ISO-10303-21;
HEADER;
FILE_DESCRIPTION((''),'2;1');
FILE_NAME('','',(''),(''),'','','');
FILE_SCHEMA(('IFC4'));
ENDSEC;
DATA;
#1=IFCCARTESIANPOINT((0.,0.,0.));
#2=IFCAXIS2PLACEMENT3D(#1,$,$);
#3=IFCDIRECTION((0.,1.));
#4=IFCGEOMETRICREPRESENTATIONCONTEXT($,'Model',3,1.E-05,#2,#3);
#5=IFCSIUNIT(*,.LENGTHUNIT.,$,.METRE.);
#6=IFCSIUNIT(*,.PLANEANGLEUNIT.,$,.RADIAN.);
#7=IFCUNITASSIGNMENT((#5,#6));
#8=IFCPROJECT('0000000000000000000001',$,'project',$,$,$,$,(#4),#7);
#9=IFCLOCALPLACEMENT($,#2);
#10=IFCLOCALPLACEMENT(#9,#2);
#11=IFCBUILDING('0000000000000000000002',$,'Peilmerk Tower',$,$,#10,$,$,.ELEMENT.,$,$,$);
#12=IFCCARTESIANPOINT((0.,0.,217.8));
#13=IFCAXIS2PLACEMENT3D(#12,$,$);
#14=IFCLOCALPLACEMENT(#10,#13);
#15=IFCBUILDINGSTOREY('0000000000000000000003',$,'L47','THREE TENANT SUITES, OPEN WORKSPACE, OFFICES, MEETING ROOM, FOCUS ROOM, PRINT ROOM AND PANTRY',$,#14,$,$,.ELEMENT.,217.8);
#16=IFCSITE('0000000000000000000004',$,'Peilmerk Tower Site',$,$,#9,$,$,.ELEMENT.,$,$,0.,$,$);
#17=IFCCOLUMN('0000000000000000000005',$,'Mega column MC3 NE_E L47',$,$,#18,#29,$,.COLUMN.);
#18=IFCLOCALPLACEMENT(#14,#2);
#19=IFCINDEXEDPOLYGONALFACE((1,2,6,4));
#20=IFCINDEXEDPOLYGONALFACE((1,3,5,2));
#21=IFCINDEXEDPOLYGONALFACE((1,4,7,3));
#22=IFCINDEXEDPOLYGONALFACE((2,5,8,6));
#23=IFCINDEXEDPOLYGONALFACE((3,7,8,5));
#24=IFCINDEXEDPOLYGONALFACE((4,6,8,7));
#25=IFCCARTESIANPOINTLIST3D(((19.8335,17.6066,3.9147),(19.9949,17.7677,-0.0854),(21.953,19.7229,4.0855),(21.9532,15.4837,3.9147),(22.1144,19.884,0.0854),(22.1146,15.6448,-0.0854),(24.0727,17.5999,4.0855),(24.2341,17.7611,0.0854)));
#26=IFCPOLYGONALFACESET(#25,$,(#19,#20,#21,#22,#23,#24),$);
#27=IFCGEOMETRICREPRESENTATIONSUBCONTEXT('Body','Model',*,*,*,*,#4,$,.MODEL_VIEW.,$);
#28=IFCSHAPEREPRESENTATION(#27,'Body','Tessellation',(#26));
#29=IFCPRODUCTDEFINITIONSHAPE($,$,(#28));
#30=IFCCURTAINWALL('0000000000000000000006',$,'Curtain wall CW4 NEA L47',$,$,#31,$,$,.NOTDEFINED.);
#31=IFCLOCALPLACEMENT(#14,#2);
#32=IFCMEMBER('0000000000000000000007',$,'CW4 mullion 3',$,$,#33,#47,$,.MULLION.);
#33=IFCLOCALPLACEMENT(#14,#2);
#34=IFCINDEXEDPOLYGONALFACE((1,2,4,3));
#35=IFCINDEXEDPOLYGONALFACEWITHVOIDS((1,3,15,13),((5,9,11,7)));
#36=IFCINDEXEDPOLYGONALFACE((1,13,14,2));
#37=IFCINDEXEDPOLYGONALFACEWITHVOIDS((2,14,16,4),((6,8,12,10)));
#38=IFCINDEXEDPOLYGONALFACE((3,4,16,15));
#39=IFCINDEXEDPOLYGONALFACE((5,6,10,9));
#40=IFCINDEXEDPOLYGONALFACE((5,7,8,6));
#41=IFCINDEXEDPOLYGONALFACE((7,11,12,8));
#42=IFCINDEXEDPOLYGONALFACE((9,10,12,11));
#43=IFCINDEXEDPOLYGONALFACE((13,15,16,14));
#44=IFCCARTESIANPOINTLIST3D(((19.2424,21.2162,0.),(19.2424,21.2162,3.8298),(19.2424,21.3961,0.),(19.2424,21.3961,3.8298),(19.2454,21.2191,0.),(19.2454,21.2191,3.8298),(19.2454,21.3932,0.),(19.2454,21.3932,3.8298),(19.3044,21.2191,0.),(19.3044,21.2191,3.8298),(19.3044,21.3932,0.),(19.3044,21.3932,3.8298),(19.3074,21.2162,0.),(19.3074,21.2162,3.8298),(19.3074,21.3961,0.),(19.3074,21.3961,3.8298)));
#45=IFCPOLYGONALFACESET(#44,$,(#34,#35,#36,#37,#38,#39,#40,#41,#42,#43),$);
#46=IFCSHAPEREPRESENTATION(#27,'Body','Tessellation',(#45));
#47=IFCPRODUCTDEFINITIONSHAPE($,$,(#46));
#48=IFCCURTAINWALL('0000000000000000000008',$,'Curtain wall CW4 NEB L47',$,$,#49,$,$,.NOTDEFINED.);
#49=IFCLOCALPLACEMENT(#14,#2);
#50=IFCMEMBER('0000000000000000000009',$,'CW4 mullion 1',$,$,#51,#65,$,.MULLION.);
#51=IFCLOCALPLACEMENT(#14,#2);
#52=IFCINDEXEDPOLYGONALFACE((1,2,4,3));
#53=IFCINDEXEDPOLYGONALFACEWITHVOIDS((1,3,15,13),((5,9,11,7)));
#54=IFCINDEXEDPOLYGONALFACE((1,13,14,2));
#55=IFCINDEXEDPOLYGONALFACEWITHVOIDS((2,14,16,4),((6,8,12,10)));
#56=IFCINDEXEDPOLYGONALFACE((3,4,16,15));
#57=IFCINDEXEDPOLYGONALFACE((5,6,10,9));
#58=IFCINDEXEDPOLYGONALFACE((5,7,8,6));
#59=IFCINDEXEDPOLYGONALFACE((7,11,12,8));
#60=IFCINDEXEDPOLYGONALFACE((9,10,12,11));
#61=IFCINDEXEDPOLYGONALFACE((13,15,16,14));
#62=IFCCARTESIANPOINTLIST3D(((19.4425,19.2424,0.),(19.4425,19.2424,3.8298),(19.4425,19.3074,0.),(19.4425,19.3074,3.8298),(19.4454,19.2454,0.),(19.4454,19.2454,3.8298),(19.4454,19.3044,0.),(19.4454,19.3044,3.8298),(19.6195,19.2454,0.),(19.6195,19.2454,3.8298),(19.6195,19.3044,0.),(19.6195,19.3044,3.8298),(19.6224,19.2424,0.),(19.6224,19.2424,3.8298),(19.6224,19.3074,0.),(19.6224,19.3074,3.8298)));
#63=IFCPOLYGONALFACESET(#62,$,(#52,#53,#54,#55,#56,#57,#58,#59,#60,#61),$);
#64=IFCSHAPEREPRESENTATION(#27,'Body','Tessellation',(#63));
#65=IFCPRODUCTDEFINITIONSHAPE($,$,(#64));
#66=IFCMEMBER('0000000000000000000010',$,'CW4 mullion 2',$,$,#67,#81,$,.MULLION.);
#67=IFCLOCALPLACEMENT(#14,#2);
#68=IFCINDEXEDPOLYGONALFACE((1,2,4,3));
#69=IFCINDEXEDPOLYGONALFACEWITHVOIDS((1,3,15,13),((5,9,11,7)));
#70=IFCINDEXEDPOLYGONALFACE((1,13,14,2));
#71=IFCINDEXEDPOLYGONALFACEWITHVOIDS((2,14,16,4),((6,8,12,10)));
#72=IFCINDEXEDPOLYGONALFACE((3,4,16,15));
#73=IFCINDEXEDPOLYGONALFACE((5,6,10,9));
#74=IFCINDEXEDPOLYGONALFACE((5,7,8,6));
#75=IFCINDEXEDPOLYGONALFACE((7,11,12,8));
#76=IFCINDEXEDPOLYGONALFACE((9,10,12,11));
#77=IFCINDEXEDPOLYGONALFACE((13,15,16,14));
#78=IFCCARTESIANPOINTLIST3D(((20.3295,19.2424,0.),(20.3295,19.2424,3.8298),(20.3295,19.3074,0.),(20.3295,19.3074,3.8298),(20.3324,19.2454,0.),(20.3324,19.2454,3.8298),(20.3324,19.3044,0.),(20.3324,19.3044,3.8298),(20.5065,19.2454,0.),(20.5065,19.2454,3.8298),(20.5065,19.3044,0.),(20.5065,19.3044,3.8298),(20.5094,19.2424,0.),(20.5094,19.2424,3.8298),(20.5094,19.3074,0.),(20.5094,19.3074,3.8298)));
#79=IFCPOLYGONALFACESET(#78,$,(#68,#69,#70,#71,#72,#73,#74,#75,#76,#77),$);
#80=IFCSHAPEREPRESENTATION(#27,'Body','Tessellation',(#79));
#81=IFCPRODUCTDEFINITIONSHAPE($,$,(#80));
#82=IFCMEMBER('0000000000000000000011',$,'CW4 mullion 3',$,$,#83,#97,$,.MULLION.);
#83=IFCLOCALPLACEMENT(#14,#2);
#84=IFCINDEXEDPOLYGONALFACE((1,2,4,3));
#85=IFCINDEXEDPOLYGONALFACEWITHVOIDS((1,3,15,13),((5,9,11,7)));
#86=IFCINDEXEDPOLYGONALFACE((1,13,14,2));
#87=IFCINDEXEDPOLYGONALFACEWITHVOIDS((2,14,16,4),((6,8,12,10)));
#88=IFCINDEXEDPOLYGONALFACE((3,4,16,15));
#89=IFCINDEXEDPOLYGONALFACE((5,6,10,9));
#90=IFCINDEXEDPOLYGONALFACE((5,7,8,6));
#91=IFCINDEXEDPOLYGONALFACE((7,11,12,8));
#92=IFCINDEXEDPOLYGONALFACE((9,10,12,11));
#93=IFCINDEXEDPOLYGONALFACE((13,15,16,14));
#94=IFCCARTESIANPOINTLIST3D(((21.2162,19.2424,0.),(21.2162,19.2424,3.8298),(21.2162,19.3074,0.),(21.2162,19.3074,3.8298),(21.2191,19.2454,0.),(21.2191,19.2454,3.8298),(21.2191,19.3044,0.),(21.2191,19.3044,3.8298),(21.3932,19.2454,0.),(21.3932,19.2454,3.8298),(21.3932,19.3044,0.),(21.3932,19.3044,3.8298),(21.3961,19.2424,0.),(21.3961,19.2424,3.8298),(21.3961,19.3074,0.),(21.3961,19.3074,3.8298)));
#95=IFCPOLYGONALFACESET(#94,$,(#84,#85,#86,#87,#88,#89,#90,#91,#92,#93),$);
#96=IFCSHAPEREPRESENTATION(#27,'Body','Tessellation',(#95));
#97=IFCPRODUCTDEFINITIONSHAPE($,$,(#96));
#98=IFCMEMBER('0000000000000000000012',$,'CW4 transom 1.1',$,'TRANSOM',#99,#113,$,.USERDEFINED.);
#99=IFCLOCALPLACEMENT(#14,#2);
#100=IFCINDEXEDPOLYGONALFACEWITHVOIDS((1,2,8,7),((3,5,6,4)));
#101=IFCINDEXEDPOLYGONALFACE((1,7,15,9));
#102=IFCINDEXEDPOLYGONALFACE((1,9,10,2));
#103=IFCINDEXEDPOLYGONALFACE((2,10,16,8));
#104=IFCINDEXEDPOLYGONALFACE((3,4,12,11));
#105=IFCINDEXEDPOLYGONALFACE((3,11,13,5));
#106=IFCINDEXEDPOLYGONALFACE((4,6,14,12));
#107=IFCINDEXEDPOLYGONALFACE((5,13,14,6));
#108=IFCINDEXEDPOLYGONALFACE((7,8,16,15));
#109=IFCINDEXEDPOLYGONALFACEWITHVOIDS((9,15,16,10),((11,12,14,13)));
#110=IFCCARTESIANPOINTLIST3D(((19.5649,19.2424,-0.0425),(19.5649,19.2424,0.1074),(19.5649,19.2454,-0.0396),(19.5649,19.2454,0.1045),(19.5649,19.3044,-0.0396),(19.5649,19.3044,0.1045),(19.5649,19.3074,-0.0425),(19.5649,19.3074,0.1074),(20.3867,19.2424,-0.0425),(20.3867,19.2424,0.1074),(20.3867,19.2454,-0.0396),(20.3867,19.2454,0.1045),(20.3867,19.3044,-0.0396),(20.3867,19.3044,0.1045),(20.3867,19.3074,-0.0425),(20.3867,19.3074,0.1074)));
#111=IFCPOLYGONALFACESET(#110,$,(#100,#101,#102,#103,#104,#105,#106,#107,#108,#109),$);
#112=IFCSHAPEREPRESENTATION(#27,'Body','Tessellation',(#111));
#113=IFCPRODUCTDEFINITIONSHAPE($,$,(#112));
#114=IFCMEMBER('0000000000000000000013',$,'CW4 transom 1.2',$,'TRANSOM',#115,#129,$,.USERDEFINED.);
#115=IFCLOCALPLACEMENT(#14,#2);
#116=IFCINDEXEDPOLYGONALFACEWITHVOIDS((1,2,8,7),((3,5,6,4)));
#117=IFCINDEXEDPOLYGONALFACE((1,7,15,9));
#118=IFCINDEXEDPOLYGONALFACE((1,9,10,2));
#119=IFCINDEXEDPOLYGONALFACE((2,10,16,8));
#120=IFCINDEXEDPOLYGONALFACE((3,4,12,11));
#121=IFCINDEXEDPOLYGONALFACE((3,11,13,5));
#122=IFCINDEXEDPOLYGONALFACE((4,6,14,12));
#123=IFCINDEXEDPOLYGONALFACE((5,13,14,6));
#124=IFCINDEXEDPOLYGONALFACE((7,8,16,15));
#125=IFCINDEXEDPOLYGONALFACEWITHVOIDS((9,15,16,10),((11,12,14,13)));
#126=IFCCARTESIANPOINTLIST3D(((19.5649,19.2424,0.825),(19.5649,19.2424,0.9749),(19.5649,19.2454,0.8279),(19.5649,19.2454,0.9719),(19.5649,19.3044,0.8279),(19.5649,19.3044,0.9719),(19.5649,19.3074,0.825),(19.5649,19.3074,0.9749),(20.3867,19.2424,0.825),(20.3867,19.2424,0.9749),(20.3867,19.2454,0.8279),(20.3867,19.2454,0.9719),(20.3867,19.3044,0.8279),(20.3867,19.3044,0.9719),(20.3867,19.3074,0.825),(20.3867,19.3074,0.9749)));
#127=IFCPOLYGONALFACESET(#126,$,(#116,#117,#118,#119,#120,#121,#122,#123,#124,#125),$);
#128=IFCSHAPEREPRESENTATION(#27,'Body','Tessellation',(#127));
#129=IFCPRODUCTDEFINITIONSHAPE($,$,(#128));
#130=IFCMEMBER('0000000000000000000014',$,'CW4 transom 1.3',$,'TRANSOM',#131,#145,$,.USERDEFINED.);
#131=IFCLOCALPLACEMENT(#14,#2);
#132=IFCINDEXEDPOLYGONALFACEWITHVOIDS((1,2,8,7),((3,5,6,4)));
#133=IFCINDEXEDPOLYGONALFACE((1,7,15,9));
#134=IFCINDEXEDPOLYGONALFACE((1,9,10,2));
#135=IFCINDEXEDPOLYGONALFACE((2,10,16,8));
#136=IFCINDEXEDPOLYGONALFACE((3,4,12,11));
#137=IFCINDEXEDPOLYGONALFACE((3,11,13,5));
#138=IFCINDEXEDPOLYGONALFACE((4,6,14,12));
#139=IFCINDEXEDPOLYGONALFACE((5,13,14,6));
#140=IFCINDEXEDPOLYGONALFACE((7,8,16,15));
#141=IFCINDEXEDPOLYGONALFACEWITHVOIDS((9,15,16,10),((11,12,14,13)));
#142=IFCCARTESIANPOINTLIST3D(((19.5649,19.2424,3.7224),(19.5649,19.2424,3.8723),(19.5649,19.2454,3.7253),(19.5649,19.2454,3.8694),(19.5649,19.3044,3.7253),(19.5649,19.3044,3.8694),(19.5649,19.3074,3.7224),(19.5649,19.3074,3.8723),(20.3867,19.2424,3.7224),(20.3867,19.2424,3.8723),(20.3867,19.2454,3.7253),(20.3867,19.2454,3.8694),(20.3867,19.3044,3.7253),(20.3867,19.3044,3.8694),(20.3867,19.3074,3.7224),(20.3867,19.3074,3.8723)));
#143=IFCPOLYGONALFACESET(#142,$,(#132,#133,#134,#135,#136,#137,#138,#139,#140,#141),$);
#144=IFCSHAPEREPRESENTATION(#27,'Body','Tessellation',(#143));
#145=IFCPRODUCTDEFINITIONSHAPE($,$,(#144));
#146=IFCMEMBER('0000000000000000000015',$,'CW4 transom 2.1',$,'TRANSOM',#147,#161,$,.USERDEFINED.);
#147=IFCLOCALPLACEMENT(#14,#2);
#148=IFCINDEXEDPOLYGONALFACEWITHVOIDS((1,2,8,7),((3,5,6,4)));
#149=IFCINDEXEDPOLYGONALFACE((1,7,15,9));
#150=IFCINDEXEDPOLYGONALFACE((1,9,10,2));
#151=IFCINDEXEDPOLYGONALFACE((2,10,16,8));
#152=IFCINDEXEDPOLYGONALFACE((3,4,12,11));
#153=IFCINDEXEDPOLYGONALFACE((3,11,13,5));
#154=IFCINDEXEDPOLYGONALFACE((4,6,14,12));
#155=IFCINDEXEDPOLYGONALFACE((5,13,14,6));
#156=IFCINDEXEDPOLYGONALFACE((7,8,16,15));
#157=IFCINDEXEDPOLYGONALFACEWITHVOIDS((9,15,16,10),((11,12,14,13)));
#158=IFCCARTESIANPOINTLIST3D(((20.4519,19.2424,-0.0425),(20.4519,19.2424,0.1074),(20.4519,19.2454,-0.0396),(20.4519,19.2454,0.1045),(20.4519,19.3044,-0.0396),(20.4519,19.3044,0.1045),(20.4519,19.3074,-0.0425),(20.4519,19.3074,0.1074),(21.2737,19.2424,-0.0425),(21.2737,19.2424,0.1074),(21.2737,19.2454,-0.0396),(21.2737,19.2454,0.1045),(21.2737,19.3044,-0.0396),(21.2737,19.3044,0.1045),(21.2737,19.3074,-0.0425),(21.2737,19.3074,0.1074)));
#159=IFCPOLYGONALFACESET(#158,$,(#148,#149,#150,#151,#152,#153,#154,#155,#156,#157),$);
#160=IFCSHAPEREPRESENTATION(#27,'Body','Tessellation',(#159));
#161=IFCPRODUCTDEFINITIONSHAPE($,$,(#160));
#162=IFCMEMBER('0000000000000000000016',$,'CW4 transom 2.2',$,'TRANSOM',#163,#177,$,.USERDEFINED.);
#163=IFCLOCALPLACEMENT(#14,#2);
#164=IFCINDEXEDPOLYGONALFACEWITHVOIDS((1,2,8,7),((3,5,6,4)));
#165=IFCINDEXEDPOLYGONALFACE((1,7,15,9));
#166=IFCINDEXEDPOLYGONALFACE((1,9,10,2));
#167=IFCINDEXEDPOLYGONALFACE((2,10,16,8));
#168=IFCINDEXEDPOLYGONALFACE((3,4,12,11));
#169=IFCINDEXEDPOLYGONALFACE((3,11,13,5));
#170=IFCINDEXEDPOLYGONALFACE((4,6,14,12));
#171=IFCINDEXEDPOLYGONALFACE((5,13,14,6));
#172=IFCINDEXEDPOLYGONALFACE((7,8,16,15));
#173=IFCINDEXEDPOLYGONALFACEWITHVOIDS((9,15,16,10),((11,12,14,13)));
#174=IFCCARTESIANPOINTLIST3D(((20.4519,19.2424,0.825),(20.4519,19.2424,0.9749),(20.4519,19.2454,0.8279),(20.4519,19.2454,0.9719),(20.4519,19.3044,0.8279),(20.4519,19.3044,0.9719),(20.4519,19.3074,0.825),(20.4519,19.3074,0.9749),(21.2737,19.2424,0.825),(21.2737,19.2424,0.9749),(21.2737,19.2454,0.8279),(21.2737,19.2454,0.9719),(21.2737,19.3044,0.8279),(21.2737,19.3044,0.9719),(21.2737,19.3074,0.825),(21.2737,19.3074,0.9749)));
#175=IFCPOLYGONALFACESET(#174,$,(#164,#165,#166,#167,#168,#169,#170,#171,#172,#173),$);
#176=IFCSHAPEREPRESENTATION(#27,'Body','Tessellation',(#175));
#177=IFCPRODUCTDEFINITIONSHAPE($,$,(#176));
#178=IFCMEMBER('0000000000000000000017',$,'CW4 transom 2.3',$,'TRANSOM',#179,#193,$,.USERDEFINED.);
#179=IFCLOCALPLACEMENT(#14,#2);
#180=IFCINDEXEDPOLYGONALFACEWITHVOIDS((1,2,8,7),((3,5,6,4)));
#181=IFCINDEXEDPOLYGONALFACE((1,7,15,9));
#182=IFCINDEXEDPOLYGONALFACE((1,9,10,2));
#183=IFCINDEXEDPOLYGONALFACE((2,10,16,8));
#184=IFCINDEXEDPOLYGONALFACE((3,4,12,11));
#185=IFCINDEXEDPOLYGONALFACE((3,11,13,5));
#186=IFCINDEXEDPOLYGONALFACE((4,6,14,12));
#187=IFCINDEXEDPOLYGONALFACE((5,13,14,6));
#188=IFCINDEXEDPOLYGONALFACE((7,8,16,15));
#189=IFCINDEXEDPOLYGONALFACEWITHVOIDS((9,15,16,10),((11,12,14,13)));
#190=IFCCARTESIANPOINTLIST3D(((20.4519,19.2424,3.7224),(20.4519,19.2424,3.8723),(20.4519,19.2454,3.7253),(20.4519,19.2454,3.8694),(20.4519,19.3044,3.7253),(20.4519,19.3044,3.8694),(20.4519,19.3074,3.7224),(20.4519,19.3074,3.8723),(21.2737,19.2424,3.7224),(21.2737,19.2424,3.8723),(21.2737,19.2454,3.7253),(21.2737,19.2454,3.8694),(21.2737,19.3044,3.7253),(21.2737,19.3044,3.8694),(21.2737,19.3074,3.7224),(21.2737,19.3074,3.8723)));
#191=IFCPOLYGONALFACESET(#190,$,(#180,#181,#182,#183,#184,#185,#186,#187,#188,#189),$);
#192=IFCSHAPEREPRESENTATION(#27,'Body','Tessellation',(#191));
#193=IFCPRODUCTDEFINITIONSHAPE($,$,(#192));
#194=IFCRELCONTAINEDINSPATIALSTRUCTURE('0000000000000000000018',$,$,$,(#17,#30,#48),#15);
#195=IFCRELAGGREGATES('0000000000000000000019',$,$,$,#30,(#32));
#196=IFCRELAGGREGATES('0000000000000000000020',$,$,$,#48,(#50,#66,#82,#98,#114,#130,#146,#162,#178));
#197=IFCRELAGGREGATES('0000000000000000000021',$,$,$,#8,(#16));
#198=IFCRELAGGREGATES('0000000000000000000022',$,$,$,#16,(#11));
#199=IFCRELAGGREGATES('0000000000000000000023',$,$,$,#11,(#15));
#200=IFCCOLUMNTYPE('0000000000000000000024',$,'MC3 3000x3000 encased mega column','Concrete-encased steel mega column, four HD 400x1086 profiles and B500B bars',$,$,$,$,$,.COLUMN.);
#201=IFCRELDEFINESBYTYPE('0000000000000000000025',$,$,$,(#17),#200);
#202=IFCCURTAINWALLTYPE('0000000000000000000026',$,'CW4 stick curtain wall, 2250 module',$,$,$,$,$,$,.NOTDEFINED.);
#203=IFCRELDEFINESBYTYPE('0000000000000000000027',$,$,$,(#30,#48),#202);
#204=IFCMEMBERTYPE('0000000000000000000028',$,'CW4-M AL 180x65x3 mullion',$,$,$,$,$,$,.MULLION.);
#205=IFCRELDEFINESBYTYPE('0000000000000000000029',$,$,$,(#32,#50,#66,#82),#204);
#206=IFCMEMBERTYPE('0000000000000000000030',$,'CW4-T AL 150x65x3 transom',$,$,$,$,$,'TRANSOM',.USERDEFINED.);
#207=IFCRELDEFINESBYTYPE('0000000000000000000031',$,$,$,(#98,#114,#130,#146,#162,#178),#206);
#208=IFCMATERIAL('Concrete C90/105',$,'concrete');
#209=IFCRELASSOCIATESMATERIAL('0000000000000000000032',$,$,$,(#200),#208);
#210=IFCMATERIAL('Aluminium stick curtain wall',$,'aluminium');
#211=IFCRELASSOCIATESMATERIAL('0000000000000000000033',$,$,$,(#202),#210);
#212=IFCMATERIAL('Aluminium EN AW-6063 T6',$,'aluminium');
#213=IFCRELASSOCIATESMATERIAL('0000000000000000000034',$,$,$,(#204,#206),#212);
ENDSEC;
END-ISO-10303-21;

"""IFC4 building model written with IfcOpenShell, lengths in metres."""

from ifc_helpers import new_model, si_unit, direction, frame, origin, origin_2d, place, context, subcontext, project, spatial, rectangle, hollow_rectangle, extrude, material, material_profile, profile_set, type_object, element, aggregate, save


model = new_model("IFC4")

# Units and contexts
model_context = context("Model", 3, precision=1e-05, world=origin(), true_north=direction((0.0, 1.0)))
body_context = subcontext(model_context, "Body", "Model", "MODEL_VIEW")
ifc_project = project(units=[si_unit("LENGTHUNIT", "METRE"), si_unit("PLANEANGLEUNIT", "RADIAN")], contexts=[model_context])

# Site, building, storey
site_placement = place(None, origin())
site = spatial("IfcSite", under=ifc_project, at=site_placement, Name="Peilmerk Tower Site", CompositionType="ELEMENT", RefElevation=0.0)
building_placement = place(site_placement, origin())
building = spatial("IfcBuilding", under=site, at=building_placement, Name="Peilmerk Tower", CompositionType="ELEMENT")
storey_placement = place(building_placement, frame((0.0, 0.0, 217.8)))
storey = spatial("IfcBuildingStorey", under=building, at=storey_placement, Name="L47", Description="THREE TENANT SUITES, OPEN WORKSPACE, OFFICES, MEETING ROOM, FOCUS ROOM, PRINT ROOM AND PANTRY", CompositionType="ELEMENT", Elevation=217.8)

# Column
ifc_material_1 = material(Name="Concrete C90/105", Category="concrete")
ifc_material_profile_1 = material_profile(ifc_material_1, rectangle(XDim=3.0, YDim=3.0, at=origin_2d()), Name="RC 3000x3000")
ifc_profile_set_1 = profile_set([ifc_material_profile_1], Name="Concrete C90/105")
column_type = type_object("IfcColumnType", Name="MC3 3000x3000 encased mega column", Description="Concrete-encased steel mega column, four HD 400x1086 profiles and B500B bars", PredefinedType="COLUMN", material=ifc_profile_set_1)
column_placement = place(storey_placement, frame((22.1145, 17.7644, 0.0), z_axis=(-0.040279, -0.040218, 0.998379), x_axis=(0.706571, -0.707642, 0.0)))
element("IfcColumn", 1, at=column_placement, inside=storey, type_object=column_type, Name="Mega column MC3 NE_E L47", PredefinedType="COLUMN", context=body_context, shape_type="SweptSolid", body=[
    extrude(rectangle(XDim=3.0, YDim=3.0, at=origin_2d()), origin(), (0.0, 0.0, 1.0), 4.0066),
])

# Curtain wall, member
ifc_material_2 = material(Name="Aluminium stick curtain wall", Category="aluminium")
curtain_wall_type = type_object("IfcCurtainWallType", Name="CW4 stick curtain wall, 2250 module", PredefinedType="NOTDEFINED", material=ifc_material_2)
curtain_wall_1_placement = place(storey_placement, origin())
curtain_wall_1 = element("IfcCurtainWall", 2, at=curtain_wall_1_placement, inside=storey, type_object=curtain_wall_type, Name="Curtain wall CW4 NEA L47", PredefinedType="NOTDEFINED")
ifc_material_3 = material(Name="Aluminium EN AW-6063 T6", Category="aluminium")
ifc_material_profile_2 = material_profile(ifc_material_3, hollow_rectangle(XDim=0.0649, YDim=0.1799, WallThickness=0.0029, at=origin_2d()), Name="AL 180x65x3")
ifc_profile_set_2 = profile_set([ifc_material_profile_2], Name="Aluminium EN AW-6063 T6")
member_type_1 = type_object("IfcMemberType", Name="CW4-M AL 180x65x3 mullion", PredefinedType="MULLION", material=ifc_profile_set_2)
member_1_placement = place(storey_placement, frame((19.2749, 21.3062, 0.0), z_axis=(0.0, 0.0, 1.0), x_axis=(-1.0, 0.0, 0.0)))
member_1 = element("IfcMember", 3, at=member_1_placement, type_object=member_type_1, Name="CW4 mullion 3", PredefinedType="MULLION", context=body_context, shape_type="SweptSolid", body=[
    extrude(hollow_rectangle(XDim=0.0649, YDim=0.1799, WallThickness=0.0029, at=origin_2d()), origin(), (0.0, 0.0, 1.0), 3.8298),
])

# Curtain wall, members
curtain_wall_2_placement = place(storey_placement, origin())
curtain_wall_2 = element("IfcCurtainWall", 4, at=curtain_wall_2_placement, inside=storey, type_object=curtain_wall_type, Name="Curtain wall CW4 NEB L47", PredefinedType="NOTDEFINED")
member_2_placement = place(storey_placement, frame((19.5325, 19.2749, 0.0), z_axis=(0.0, 0.0, 1.0), x_axis=(0.0, 1.0, 0.0)))
member_2 = element("IfcMember", 5, at=member_2_placement, type_object=member_type_1, Name="CW4 mullion 1", PredefinedType="MULLION", context=body_context, shape_type="SweptSolid", body=[
    extrude(hollow_rectangle(XDim=0.0649, YDim=0.1799, WallThickness=0.0029, at=origin_2d()), origin(), (0.0, 0.0, 1.0), 3.8298),
])
member_3_placement = place(storey_placement, frame((20.4194, 19.2749, 0.0), z_axis=(0.0, 0.0, 1.0), x_axis=(0.0, 1.0, 0.0)))
member_3 = element("IfcMember", 6, at=member_3_placement, type_object=member_type_1, Name="CW4 mullion 2", PredefinedType="MULLION", context=body_context, shape_type="SweptSolid", body=[
    extrude(hollow_rectangle(XDim=0.0649, YDim=0.1799, WallThickness=0.0029, at=origin_2d()), origin(), (0.0, 0.0, 1.0), 3.8298),
])
member_4_placement = place(storey_placement, frame((21.3062, 19.2749, 0.0), z_axis=(0.0, 0.0, 1.0), x_axis=(0.0, 1.0, 0.0)))
member_4 = element("IfcMember", 7, at=member_4_placement, type_object=member_type_1, Name="CW4 mullion 3", PredefinedType="MULLION", context=body_context, shape_type="SweptSolid", body=[
    extrude(hollow_rectangle(XDim=0.0649, YDim=0.1799, WallThickness=0.0029, at=origin_2d()), origin(), (0.0, 0.0, 1.0), 3.8298),
])
ifc_material_profile_3 = material_profile(ifc_material_3, hollow_rectangle(XDim=0.0649, YDim=0.1499, WallThickness=0.0029, at=origin_2d()), Name="AL 150x65x3")
ifc_profile_set_3 = profile_set([ifc_material_profile_3], Name="Aluminium EN AW-6063 T6")
member_type_2 = type_object("IfcMemberType", Name="CW4-T AL 150x65x3 transom", ElementType="TRANSOM", PredefinedType="USERDEFINED", material=ifc_profile_set_3)
member_5_placement = place(storey_placement, frame((19.5649, 19.2749, 0.0325), z_axis=(1.0, 0.0, 0.0), x_axis=(0.0, 1.0, 0.0)))
member_5 = element("IfcMember", 8, at=member_5_placement, type_object=member_type_2, Name="CW4 transom 1.1", ObjectType="TRANSOM", PredefinedType="USERDEFINED", context=body_context, shape_type="SweptSolid", body=[
    extrude(hollow_rectangle(XDim=0.0649, YDim=0.1499, WallThickness=0.0029, at=origin_2d()), origin(), (0.0, 0.0, 1.0), 0.8218),
])
member_6_placement = place(storey_placement, frame((19.5649, 19.2749, 0.8999), z_axis=(1.0, 0.0, 0.0), x_axis=(0.0, 1.0, 0.0)))
member_6 = element("IfcMember", 9, at=member_6_placement, type_object=member_type_2, Name="CW4 transom 1.2", ObjectType="TRANSOM", PredefinedType="USERDEFINED", context=body_context, shape_type="SweptSolid", body=[
    extrude(hollow_rectangle(XDim=0.0649, YDim=0.1499, WallThickness=0.0029, at=origin_2d()), origin(), (0.0, 0.0, 1.0), 0.8218),
])
member_7_placement = place(storey_placement, frame((19.5649, 19.2749, 3.7974), z_axis=(1.0, 0.0, 0.0), x_axis=(0.0, 1.0, 0.0)))
member_7 = element("IfcMember", 10, at=member_7_placement, type_object=member_type_2, Name="CW4 transom 1.3", ObjectType="TRANSOM", PredefinedType="USERDEFINED", context=body_context, shape_type="SweptSolid", body=[
    extrude(hollow_rectangle(XDim=0.0649, YDim=0.1499, WallThickness=0.0029, at=origin_2d()), origin(), (0.0, 0.0, 1.0), 0.8218),
])
member_8_placement = place(storey_placement, frame((20.4519, 19.2749, 0.0325), z_axis=(1.0, 0.0, 0.0), x_axis=(0.0, 1.0, 0.0)))
member_8 = element("IfcMember", 11, at=member_8_placement, type_object=member_type_2, Name="CW4 transom 2.1", ObjectType="TRANSOM", PredefinedType="USERDEFINED", context=body_context, shape_type="SweptSolid", body=[
    extrude(hollow_rectangle(XDim=0.0649, YDim=0.1499, WallThickness=0.0029, at=origin_2d()), origin(), (0.0, 0.0, 1.0), 0.8218),
])
member_9_placement = place(storey_placement, frame((20.4519, 19.2749, 0.8999), z_axis=(1.0, 0.0, 0.0), x_axis=(0.0, 1.0, 0.0)))
member_9 = element("IfcMember", 12, at=member_9_placement, type_object=member_type_2, Name="CW4 transom 2.2", ObjectType="TRANSOM", PredefinedType="USERDEFINED", context=body_context, shape_type="SweptSolid", body=[
    extrude(hollow_rectangle(XDim=0.0649, YDim=0.1499, WallThickness=0.0029, at=origin_2d()), origin(), (0.0, 0.0, 1.0), 0.8218),
])
member_10_placement = place(storey_placement, frame((20.4519, 19.2749, 3.7974), z_axis=(1.0, 0.0, 0.0), x_axis=(0.0, 1.0, 0.0)))
member_10 = element("IfcMember", 13, at=member_10_placement, type_object=member_type_2, Name="CW4 transom 2.3", ObjectType="TRANSOM", PredefinedType="USERDEFINED", context=body_context, shape_type="SweptSolid", body=[
    extrude(hollow_rectangle(XDim=0.0649, YDim=0.1499, WallThickness=0.0029, at=origin_2d()), origin(), (0.0, 0.0, 1.0), 0.8218),
])

aggregate(curtain_wall_1, [member_1])
aggregate(curtain_wall_2, [member_2, member_3, member_4, member_5, member_6, member_7, member_8, member_9, member_10])

save(model, "model.ifc")
